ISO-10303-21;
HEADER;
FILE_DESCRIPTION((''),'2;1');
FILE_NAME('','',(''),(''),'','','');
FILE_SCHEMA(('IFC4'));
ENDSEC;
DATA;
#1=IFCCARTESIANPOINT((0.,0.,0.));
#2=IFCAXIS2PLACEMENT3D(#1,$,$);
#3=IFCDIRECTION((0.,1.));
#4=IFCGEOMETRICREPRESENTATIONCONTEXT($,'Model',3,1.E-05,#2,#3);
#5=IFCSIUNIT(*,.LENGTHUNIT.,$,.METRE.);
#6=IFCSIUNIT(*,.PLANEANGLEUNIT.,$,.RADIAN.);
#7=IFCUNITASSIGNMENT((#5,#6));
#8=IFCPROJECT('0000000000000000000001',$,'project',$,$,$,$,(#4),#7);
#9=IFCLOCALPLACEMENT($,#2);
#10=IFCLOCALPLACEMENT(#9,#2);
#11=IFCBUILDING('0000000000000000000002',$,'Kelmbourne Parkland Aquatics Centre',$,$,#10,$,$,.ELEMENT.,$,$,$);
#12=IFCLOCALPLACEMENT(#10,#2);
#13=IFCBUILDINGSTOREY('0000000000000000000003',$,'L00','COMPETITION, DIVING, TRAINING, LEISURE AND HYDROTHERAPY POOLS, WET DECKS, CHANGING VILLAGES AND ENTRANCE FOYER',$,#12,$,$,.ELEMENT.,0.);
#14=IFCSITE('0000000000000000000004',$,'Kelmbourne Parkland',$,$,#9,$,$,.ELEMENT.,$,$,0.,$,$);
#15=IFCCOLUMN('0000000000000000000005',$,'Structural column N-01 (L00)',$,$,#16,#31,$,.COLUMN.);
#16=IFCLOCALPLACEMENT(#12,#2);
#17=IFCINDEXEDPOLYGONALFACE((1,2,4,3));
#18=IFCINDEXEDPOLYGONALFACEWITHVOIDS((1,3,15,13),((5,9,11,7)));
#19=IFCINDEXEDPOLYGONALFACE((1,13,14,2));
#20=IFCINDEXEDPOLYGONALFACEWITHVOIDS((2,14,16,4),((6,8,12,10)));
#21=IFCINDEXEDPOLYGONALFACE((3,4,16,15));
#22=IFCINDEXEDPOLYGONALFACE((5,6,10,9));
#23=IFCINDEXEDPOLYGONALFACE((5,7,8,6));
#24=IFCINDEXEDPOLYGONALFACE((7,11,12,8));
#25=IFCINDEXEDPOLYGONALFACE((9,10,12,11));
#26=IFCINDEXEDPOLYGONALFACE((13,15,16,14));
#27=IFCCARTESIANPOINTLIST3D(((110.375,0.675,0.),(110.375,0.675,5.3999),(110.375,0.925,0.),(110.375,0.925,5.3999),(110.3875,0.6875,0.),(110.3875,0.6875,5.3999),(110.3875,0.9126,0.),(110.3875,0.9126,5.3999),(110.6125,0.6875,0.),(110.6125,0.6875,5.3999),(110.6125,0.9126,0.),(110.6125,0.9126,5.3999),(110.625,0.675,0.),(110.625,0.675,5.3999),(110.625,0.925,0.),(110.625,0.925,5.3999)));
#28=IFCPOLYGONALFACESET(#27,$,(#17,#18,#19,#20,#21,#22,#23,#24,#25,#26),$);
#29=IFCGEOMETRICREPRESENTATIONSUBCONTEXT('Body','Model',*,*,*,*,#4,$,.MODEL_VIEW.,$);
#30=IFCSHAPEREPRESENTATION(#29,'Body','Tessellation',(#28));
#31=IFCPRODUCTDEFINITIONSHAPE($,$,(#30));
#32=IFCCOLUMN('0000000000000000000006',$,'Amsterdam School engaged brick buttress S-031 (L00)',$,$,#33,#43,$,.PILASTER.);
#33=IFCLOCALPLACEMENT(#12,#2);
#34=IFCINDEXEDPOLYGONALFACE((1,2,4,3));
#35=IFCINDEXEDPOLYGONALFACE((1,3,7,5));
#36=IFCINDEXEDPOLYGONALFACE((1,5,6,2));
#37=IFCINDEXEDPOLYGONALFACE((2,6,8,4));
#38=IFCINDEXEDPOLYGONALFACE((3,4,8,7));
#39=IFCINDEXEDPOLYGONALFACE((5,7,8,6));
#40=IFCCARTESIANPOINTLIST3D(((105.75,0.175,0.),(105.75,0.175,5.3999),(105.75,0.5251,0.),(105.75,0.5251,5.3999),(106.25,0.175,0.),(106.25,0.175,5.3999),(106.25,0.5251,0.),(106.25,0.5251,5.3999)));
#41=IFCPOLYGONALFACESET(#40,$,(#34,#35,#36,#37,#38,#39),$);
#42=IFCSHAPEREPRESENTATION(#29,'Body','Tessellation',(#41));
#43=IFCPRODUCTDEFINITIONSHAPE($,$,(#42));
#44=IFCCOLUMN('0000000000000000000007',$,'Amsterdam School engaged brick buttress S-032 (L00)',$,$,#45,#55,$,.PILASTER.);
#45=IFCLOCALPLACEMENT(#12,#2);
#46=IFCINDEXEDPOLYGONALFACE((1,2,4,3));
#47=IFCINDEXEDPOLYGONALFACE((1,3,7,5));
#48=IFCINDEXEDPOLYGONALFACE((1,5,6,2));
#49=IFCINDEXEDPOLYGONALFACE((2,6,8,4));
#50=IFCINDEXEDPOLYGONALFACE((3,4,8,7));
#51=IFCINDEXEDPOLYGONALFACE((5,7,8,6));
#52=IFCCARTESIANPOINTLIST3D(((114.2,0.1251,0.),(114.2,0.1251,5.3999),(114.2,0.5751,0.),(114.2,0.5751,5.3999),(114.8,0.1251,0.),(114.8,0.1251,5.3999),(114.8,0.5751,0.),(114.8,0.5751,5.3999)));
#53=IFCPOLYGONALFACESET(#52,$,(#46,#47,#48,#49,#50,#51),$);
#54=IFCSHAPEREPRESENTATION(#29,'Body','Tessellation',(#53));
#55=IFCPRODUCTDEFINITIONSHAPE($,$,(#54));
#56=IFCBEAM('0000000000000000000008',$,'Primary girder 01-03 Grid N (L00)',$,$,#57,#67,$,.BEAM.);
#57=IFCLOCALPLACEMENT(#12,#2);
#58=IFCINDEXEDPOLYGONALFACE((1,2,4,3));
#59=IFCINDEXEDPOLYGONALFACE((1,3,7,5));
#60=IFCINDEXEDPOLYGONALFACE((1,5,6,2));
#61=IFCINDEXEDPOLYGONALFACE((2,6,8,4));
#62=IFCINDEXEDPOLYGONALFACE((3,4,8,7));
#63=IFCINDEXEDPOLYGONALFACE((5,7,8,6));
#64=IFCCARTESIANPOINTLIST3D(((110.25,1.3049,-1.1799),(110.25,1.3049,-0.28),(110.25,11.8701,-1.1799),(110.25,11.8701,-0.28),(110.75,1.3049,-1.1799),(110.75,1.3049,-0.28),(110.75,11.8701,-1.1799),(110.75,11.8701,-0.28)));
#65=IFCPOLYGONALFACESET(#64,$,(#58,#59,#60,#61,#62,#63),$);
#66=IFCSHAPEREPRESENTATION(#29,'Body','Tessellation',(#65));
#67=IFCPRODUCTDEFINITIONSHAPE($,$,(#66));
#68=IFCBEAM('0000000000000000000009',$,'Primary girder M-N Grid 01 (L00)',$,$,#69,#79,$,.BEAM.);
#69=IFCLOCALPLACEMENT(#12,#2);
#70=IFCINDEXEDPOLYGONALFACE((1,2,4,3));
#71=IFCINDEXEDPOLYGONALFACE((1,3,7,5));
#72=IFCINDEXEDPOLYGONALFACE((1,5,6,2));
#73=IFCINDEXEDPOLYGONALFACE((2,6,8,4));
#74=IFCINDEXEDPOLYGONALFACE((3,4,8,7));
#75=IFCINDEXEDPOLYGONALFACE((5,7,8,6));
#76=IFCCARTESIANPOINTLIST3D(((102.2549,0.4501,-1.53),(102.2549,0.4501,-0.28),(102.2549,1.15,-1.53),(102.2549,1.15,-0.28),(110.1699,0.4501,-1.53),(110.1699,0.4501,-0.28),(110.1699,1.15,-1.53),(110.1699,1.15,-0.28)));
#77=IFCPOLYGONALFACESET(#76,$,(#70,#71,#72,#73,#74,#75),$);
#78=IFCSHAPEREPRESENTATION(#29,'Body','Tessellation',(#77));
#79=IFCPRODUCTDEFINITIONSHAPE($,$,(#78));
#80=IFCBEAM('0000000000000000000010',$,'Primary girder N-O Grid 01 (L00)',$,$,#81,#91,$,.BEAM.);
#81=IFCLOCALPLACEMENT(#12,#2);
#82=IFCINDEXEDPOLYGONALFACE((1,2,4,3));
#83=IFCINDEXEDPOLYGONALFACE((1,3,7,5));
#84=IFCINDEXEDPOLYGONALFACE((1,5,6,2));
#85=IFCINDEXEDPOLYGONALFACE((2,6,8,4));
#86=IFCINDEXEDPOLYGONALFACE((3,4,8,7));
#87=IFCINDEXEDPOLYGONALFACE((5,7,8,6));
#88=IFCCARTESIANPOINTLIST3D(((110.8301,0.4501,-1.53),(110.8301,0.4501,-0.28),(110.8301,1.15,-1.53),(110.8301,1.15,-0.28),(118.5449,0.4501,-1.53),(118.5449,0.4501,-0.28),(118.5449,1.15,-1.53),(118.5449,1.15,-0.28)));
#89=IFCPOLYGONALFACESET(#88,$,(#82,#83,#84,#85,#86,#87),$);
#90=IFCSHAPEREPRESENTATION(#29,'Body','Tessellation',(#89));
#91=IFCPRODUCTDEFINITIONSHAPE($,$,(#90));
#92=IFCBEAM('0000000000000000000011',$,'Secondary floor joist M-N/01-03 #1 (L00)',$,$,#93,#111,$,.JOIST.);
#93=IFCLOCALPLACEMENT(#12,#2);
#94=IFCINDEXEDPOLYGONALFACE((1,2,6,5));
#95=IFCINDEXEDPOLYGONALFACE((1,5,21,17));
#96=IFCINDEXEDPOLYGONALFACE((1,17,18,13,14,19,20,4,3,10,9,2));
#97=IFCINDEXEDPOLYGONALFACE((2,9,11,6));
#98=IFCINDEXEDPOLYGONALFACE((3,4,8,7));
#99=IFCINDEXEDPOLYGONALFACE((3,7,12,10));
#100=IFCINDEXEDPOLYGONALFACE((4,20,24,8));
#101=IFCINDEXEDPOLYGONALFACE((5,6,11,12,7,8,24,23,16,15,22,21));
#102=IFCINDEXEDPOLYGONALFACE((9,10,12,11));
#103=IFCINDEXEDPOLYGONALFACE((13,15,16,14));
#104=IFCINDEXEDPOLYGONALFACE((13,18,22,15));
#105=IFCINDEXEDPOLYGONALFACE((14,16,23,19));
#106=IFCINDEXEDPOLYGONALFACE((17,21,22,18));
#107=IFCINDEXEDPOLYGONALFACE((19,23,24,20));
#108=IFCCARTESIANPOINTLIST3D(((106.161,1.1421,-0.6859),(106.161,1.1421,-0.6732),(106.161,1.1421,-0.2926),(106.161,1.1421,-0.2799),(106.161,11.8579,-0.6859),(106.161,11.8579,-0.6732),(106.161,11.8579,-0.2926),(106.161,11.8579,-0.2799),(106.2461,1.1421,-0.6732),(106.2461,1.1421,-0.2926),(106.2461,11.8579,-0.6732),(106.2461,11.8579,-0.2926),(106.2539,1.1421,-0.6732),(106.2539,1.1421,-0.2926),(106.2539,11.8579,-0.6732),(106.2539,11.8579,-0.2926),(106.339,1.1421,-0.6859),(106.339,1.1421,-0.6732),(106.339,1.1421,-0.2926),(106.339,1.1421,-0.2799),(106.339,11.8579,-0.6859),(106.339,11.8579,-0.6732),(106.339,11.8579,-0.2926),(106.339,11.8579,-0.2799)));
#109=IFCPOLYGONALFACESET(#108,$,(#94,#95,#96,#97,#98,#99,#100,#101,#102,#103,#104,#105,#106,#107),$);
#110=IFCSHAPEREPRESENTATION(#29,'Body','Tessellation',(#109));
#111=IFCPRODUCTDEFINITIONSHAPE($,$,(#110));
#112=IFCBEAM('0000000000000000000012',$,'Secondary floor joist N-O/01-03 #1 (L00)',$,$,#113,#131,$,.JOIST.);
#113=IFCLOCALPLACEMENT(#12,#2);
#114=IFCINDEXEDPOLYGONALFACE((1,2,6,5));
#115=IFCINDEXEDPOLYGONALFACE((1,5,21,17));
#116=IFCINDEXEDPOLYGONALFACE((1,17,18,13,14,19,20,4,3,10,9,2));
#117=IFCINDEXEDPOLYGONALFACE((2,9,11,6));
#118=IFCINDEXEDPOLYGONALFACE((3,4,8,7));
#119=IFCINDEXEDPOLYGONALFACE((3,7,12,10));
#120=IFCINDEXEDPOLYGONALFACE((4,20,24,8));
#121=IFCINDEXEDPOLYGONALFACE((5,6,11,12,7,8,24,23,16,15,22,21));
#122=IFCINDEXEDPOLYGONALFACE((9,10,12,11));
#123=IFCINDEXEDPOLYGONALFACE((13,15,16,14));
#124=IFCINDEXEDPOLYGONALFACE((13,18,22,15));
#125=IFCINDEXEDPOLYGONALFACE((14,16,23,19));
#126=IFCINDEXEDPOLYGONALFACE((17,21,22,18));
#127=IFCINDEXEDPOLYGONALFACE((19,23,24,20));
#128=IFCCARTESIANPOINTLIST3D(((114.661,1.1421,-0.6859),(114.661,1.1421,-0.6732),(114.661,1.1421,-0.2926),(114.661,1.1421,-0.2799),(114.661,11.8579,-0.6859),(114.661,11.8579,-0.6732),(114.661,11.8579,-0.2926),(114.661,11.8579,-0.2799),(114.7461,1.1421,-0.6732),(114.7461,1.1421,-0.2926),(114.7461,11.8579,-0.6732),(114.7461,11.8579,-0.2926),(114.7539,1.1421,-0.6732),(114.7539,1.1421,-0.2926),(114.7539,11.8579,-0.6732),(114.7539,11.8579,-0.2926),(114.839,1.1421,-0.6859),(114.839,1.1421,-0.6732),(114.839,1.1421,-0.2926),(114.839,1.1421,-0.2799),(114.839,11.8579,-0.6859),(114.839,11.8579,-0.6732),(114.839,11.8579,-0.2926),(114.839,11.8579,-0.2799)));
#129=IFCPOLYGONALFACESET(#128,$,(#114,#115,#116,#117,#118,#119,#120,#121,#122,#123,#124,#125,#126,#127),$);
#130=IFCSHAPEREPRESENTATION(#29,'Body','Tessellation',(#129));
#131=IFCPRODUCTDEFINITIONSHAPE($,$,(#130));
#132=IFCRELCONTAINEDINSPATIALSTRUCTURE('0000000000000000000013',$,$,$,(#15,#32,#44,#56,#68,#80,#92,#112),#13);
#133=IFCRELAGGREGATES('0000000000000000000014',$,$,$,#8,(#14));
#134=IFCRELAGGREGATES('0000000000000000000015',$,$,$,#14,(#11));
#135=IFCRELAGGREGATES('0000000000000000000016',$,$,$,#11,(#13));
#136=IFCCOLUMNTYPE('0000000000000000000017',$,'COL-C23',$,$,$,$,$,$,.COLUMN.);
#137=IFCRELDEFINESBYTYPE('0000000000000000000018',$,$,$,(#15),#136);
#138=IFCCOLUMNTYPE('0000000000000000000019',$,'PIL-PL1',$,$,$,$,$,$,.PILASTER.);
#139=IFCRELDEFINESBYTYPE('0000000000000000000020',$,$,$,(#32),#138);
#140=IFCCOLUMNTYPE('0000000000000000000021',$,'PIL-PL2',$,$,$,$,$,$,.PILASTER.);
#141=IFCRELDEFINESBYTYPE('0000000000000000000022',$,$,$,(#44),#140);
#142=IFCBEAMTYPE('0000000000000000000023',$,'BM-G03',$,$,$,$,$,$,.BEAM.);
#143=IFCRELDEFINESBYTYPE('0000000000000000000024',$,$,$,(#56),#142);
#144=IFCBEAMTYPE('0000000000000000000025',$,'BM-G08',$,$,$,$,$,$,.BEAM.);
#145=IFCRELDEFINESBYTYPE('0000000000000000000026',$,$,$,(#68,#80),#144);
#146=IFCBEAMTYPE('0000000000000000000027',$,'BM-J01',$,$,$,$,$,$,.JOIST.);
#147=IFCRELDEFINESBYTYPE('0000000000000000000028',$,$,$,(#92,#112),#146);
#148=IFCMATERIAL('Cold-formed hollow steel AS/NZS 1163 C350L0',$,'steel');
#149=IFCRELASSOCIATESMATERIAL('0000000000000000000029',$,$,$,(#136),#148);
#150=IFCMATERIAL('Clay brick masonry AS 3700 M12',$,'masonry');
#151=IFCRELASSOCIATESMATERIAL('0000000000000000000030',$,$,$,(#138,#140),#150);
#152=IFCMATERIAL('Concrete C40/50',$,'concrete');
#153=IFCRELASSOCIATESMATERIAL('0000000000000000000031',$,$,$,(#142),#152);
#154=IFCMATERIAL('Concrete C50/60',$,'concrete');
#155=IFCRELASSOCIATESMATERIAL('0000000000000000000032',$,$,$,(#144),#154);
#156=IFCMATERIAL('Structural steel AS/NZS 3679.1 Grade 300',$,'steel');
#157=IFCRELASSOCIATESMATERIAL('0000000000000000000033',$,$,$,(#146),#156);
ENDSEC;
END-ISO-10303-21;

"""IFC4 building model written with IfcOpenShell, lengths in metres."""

from ifc_helpers import new_model, si_unit, direction, frame, origin, origin_2d, place, context, subcontext, project, spatial, rectangle, hollow_rectangle, i_section, extrude, material, material_profile, profile_set, type_object, element, save


model = new_model("IFC4")

# Units and contexts
model_context = context("Model", 3, precision=1e-05, world=origin(), true_north=direction((0.0, 1.0)))
body_context = subcontext(model_context, "Body", "Model", "MODEL_VIEW")
ifc_project = project(units=[si_unit("LENGTHUNIT", "METRE"), si_unit("PLANEANGLEUNIT", "RADIAN")], contexts=[model_context])

# Site, building, storey
site_placement = place(None, origin())
site = spatial("IfcSite", under=ifc_project, at=site_placement, Name="Kelmbourne Parkland", CompositionType="ELEMENT", RefElevation=0.0)
building_placement = place(site_placement, origin())
building = spatial("IfcBuilding", under=site, at=building_placement, Name="Kelmbourne Parkland Aquatics Centre", CompositionType="ELEMENT")
storey_placement = place(building_placement, origin())
storey = spatial("IfcBuildingStorey", under=building, at=storey_placement, Name="L00", Description="COMPETITION, DIVING, TRAINING, LEISURE AND HYDROTHERAPY POOLS, WET DECKS, CHANGING VILLAGES AND ENTRANCE FOYER", CompositionType="ELEMENT", Elevation=0.0)

# Columns
ifc_material_1 = material(Name="Cold-formed hollow steel AS/NZS 1163 C350L0", Category="steel")
ifc_material_profile_1 = material_profile(ifc_material_1, hollow_rectangle(XDim=0.25, YDim=0.25, WallThickness=0.0125, at=origin_2d()), Name="SHS 250x250x12.5")
ifc_profile_set_1 = profile_set([ifc_material_profile_1], Name="Cold-formed hollow steel AS/NZS 1163 C350L0")
column_type_1 = type_object("IfcColumnType", Name="COL-C23", PredefinedType="COLUMN", material=ifc_profile_set_1)
column_1_placement = place(storey_placement, frame((110.5, 0.8, 0.0), z_axis=(0.0, 0.0, 1.0), x_axis=(1.0, 0.0, 0.0)))
element("IfcColumn", 1, at=column_1_placement, inside=storey, type_object=column_type_1, Name="Structural column N-01 (L00)", PredefinedType="COLUMN", context=body_context, shape_type="SweptSolid", body=[
    extrude(hollow_rectangle(XDim=0.25, YDim=0.25, WallThickness=0.0125, at=origin_2d()), origin(), (0.0, 0.0, 1.0), 5.3999),
])
ifc_material_2 = material(Name="Clay brick masonry AS 3700 M12", Category="masonry")
ifc_material_profile_2 = material_profile(ifc_material_2, rectangle(XDim=0.3501, YDim=0.5, at=origin_2d()), Name="PIL 350x500")
ifc_profile_set_2 = profile_set([ifc_material_profile_2], Name="Clay brick masonry AS 3700 M12")
column_type_2 = type_object("IfcColumnType", Name="PIL-PL1", PredefinedType="PILASTER", material=ifc_profile_set_2)
column_2_placement = place(storey_placement, frame((106.0, 0.3501, 0.0), z_axis=(0.0, 0.0, 1.0), x_axis=(0.0, 1.0, 0.0)))
element("IfcColumn", 2, at=column_2_placement, inside=storey, type_object=column_type_2, Name="Amsterdam School engaged brick buttress S-031 (L00)", PredefinedType="PILASTER", context=body_context, shape_type="SweptSolid", body=[
    extrude(rectangle(XDim=0.3501, YDim=0.5, at=origin_2d()), origin(), (0.0, 0.0, 1.0), 5.3999),
])
ifc_material_profile_3 = material_profile(ifc_material_2, rectangle(XDim=0.45, YDim=0.6001, at=origin_2d()), Name="PIL 450x600")
ifc_profile_set_3 = profile_set([ifc_material_profile_3], Name="Clay brick masonry AS 3700 M12")
column_type_3 = type_object("IfcColumnType", Name="PIL-PL2", PredefinedType="PILASTER", material=ifc_profile_set_3)
column_3_placement = place(storey_placement, frame((114.5, 0.3501, 0.0), z_axis=(0.0, 0.0, 1.0), x_axis=(0.0, 1.0, 0.0)))
element("IfcColumn", 3, at=column_3_placement, inside=storey, type_object=column_type_3, Name="Amsterdam School engaged brick buttress S-032 (L00)", PredefinedType="PILASTER", context=body_context, shape_type="SweptSolid", body=[
    extrude(rectangle(XDim=0.45, YDim=0.6001, at=origin_2d()), origin(), (0.0, 0.0, 1.0), 5.3999),
])

# Beams
ifc_material_3 = material(Name="Concrete C40/50", Category="concrete")
ifc_material_profile_4 = material_profile(ifc_material_3, rectangle(XDim=0.5, YDim=0.8999, at=origin_2d()), Name="RC 500x900")
ifc_profile_set_4 = profile_set([ifc_material_profile_4], Name="Concrete C40/50")
beam_type_1 = type_object("IfcBeamType", Name="BM-G03", PredefinedType="BEAM", material=ifc_profile_set_4)
beam_1_placement = place(storey_placement, frame((110.5, 1.3049, -0.73), z_axis=(0.0, 1.0, 0.0), x_axis=(-1.0, 0.0, 0.0)))
element("IfcBeam", 4, at=beam_1_placement, inside=storey, type_object=beam_type_1, Name="Primary girder 01-03 Grid N (L00)", PredefinedType="BEAM", context=body_context, shape_type="SweptSolid", body=[
    extrude(rectangle(XDim=0.5, YDim=0.8999, at=origin_2d()), origin(), (0.0, 0.0, 1.0), 10.5652),
])
ifc_material_4 = material(Name="Concrete C50/60", Category="concrete")
ifc_material_profile_5 = material_profile(ifc_material_4, rectangle(XDim=0.7, YDim=1.25, at=origin_2d()), Name="RC 700x1250")
ifc_profile_set_5 = profile_set([ifc_material_profile_5], Name="Concrete C50/60")
beam_type_2 = type_object("IfcBeamType", Name="BM-G08", PredefinedType="BEAM", material=ifc_profile_set_5)
beam_2_placement = place(storey_placement, frame((102.2549, 0.8, -0.905), z_axis=(1.0, 0.0, 0.0), x_axis=(0.0, 1.0, 0.0)))
element("IfcBeam", 5, at=beam_2_placement, inside=storey, type_object=beam_type_2, Name="Primary girder M-N Grid 01 (L00)", PredefinedType="BEAM", context=body_context, shape_type="SweptSolid", body=[
    extrude(rectangle(XDim=0.7, YDim=1.25, at=origin_2d()), origin(), (0.0, 0.0, 1.0), 7.915),
])
beam_3_placement = place(storey_placement, frame((110.8301, 0.8, -0.905), z_axis=(1.0, 0.0, 0.0), x_axis=(0.0, 1.0, 0.0)))
element("IfcBeam", 6, at=beam_3_placement, inside=storey, type_object=beam_type_2, Name="Primary girder N-O Grid 01 (L00)", PredefinedType="BEAM", context=body_context, shape_type="SweptSolid", body=[
    extrude(rectangle(XDim=0.7, YDim=1.25, at=origin_2d()), origin(), (0.0, 0.0, 1.0), 7.7148),
])
ifc_material_5 = material(Name="Structural steel AS/NZS 3679.1 Grade 300", Category="steel")
ifc_material_profile_6 = material_profile(ifc_material_5, i_section(OverallWidth=0.178, OverallDepth=0.406, WebThickness=0.0078, FlangeThickness=0.0127, at=origin_2d()), Name="410UB59.7")
ifc_profile_set_6 = profile_set([ifc_material_profile_6], Name="Structural steel AS/NZS 3679.1 Grade 300")
beam_type_3 = type_object("IfcBeamType", Name="BM-J01", PredefinedType="JOIST", material=ifc_profile_set_6)
for number, where, z_axis, x_axis, name in (
    (7, (106.25, 1.1421, -0.4829), (0.0, 1.0, 0.0), (-1.0, 0.0, 0.0), "Secondary floor joist M-N/01-03 #1 (L00)"),
    (8, (114.75, 1.1421, -0.4829), (0.0, 1.0, 0.0), (-1.0, 0.0, 0.0), "Secondary floor joist N-O/01-03 #1 (L00)"),
):
    element("IfcBeam", number, at=place(storey_placement, frame(where, z_axis=z_axis, x_axis=x_axis)), inside=storey, type_object=beam_type_3, Name=name, PredefinedType="JOIST", context=body_context, shape_type="SweptSolid", body=[
        extrude(i_section(OverallWidth=0.178, OverallDepth=0.406, WebThickness=0.0078, FlangeThickness=0.0127, at=origin_2d()), origin(), (0.0, 0.0, 1.0), 10.7158),
    ])

save(model, "model.ifc")
